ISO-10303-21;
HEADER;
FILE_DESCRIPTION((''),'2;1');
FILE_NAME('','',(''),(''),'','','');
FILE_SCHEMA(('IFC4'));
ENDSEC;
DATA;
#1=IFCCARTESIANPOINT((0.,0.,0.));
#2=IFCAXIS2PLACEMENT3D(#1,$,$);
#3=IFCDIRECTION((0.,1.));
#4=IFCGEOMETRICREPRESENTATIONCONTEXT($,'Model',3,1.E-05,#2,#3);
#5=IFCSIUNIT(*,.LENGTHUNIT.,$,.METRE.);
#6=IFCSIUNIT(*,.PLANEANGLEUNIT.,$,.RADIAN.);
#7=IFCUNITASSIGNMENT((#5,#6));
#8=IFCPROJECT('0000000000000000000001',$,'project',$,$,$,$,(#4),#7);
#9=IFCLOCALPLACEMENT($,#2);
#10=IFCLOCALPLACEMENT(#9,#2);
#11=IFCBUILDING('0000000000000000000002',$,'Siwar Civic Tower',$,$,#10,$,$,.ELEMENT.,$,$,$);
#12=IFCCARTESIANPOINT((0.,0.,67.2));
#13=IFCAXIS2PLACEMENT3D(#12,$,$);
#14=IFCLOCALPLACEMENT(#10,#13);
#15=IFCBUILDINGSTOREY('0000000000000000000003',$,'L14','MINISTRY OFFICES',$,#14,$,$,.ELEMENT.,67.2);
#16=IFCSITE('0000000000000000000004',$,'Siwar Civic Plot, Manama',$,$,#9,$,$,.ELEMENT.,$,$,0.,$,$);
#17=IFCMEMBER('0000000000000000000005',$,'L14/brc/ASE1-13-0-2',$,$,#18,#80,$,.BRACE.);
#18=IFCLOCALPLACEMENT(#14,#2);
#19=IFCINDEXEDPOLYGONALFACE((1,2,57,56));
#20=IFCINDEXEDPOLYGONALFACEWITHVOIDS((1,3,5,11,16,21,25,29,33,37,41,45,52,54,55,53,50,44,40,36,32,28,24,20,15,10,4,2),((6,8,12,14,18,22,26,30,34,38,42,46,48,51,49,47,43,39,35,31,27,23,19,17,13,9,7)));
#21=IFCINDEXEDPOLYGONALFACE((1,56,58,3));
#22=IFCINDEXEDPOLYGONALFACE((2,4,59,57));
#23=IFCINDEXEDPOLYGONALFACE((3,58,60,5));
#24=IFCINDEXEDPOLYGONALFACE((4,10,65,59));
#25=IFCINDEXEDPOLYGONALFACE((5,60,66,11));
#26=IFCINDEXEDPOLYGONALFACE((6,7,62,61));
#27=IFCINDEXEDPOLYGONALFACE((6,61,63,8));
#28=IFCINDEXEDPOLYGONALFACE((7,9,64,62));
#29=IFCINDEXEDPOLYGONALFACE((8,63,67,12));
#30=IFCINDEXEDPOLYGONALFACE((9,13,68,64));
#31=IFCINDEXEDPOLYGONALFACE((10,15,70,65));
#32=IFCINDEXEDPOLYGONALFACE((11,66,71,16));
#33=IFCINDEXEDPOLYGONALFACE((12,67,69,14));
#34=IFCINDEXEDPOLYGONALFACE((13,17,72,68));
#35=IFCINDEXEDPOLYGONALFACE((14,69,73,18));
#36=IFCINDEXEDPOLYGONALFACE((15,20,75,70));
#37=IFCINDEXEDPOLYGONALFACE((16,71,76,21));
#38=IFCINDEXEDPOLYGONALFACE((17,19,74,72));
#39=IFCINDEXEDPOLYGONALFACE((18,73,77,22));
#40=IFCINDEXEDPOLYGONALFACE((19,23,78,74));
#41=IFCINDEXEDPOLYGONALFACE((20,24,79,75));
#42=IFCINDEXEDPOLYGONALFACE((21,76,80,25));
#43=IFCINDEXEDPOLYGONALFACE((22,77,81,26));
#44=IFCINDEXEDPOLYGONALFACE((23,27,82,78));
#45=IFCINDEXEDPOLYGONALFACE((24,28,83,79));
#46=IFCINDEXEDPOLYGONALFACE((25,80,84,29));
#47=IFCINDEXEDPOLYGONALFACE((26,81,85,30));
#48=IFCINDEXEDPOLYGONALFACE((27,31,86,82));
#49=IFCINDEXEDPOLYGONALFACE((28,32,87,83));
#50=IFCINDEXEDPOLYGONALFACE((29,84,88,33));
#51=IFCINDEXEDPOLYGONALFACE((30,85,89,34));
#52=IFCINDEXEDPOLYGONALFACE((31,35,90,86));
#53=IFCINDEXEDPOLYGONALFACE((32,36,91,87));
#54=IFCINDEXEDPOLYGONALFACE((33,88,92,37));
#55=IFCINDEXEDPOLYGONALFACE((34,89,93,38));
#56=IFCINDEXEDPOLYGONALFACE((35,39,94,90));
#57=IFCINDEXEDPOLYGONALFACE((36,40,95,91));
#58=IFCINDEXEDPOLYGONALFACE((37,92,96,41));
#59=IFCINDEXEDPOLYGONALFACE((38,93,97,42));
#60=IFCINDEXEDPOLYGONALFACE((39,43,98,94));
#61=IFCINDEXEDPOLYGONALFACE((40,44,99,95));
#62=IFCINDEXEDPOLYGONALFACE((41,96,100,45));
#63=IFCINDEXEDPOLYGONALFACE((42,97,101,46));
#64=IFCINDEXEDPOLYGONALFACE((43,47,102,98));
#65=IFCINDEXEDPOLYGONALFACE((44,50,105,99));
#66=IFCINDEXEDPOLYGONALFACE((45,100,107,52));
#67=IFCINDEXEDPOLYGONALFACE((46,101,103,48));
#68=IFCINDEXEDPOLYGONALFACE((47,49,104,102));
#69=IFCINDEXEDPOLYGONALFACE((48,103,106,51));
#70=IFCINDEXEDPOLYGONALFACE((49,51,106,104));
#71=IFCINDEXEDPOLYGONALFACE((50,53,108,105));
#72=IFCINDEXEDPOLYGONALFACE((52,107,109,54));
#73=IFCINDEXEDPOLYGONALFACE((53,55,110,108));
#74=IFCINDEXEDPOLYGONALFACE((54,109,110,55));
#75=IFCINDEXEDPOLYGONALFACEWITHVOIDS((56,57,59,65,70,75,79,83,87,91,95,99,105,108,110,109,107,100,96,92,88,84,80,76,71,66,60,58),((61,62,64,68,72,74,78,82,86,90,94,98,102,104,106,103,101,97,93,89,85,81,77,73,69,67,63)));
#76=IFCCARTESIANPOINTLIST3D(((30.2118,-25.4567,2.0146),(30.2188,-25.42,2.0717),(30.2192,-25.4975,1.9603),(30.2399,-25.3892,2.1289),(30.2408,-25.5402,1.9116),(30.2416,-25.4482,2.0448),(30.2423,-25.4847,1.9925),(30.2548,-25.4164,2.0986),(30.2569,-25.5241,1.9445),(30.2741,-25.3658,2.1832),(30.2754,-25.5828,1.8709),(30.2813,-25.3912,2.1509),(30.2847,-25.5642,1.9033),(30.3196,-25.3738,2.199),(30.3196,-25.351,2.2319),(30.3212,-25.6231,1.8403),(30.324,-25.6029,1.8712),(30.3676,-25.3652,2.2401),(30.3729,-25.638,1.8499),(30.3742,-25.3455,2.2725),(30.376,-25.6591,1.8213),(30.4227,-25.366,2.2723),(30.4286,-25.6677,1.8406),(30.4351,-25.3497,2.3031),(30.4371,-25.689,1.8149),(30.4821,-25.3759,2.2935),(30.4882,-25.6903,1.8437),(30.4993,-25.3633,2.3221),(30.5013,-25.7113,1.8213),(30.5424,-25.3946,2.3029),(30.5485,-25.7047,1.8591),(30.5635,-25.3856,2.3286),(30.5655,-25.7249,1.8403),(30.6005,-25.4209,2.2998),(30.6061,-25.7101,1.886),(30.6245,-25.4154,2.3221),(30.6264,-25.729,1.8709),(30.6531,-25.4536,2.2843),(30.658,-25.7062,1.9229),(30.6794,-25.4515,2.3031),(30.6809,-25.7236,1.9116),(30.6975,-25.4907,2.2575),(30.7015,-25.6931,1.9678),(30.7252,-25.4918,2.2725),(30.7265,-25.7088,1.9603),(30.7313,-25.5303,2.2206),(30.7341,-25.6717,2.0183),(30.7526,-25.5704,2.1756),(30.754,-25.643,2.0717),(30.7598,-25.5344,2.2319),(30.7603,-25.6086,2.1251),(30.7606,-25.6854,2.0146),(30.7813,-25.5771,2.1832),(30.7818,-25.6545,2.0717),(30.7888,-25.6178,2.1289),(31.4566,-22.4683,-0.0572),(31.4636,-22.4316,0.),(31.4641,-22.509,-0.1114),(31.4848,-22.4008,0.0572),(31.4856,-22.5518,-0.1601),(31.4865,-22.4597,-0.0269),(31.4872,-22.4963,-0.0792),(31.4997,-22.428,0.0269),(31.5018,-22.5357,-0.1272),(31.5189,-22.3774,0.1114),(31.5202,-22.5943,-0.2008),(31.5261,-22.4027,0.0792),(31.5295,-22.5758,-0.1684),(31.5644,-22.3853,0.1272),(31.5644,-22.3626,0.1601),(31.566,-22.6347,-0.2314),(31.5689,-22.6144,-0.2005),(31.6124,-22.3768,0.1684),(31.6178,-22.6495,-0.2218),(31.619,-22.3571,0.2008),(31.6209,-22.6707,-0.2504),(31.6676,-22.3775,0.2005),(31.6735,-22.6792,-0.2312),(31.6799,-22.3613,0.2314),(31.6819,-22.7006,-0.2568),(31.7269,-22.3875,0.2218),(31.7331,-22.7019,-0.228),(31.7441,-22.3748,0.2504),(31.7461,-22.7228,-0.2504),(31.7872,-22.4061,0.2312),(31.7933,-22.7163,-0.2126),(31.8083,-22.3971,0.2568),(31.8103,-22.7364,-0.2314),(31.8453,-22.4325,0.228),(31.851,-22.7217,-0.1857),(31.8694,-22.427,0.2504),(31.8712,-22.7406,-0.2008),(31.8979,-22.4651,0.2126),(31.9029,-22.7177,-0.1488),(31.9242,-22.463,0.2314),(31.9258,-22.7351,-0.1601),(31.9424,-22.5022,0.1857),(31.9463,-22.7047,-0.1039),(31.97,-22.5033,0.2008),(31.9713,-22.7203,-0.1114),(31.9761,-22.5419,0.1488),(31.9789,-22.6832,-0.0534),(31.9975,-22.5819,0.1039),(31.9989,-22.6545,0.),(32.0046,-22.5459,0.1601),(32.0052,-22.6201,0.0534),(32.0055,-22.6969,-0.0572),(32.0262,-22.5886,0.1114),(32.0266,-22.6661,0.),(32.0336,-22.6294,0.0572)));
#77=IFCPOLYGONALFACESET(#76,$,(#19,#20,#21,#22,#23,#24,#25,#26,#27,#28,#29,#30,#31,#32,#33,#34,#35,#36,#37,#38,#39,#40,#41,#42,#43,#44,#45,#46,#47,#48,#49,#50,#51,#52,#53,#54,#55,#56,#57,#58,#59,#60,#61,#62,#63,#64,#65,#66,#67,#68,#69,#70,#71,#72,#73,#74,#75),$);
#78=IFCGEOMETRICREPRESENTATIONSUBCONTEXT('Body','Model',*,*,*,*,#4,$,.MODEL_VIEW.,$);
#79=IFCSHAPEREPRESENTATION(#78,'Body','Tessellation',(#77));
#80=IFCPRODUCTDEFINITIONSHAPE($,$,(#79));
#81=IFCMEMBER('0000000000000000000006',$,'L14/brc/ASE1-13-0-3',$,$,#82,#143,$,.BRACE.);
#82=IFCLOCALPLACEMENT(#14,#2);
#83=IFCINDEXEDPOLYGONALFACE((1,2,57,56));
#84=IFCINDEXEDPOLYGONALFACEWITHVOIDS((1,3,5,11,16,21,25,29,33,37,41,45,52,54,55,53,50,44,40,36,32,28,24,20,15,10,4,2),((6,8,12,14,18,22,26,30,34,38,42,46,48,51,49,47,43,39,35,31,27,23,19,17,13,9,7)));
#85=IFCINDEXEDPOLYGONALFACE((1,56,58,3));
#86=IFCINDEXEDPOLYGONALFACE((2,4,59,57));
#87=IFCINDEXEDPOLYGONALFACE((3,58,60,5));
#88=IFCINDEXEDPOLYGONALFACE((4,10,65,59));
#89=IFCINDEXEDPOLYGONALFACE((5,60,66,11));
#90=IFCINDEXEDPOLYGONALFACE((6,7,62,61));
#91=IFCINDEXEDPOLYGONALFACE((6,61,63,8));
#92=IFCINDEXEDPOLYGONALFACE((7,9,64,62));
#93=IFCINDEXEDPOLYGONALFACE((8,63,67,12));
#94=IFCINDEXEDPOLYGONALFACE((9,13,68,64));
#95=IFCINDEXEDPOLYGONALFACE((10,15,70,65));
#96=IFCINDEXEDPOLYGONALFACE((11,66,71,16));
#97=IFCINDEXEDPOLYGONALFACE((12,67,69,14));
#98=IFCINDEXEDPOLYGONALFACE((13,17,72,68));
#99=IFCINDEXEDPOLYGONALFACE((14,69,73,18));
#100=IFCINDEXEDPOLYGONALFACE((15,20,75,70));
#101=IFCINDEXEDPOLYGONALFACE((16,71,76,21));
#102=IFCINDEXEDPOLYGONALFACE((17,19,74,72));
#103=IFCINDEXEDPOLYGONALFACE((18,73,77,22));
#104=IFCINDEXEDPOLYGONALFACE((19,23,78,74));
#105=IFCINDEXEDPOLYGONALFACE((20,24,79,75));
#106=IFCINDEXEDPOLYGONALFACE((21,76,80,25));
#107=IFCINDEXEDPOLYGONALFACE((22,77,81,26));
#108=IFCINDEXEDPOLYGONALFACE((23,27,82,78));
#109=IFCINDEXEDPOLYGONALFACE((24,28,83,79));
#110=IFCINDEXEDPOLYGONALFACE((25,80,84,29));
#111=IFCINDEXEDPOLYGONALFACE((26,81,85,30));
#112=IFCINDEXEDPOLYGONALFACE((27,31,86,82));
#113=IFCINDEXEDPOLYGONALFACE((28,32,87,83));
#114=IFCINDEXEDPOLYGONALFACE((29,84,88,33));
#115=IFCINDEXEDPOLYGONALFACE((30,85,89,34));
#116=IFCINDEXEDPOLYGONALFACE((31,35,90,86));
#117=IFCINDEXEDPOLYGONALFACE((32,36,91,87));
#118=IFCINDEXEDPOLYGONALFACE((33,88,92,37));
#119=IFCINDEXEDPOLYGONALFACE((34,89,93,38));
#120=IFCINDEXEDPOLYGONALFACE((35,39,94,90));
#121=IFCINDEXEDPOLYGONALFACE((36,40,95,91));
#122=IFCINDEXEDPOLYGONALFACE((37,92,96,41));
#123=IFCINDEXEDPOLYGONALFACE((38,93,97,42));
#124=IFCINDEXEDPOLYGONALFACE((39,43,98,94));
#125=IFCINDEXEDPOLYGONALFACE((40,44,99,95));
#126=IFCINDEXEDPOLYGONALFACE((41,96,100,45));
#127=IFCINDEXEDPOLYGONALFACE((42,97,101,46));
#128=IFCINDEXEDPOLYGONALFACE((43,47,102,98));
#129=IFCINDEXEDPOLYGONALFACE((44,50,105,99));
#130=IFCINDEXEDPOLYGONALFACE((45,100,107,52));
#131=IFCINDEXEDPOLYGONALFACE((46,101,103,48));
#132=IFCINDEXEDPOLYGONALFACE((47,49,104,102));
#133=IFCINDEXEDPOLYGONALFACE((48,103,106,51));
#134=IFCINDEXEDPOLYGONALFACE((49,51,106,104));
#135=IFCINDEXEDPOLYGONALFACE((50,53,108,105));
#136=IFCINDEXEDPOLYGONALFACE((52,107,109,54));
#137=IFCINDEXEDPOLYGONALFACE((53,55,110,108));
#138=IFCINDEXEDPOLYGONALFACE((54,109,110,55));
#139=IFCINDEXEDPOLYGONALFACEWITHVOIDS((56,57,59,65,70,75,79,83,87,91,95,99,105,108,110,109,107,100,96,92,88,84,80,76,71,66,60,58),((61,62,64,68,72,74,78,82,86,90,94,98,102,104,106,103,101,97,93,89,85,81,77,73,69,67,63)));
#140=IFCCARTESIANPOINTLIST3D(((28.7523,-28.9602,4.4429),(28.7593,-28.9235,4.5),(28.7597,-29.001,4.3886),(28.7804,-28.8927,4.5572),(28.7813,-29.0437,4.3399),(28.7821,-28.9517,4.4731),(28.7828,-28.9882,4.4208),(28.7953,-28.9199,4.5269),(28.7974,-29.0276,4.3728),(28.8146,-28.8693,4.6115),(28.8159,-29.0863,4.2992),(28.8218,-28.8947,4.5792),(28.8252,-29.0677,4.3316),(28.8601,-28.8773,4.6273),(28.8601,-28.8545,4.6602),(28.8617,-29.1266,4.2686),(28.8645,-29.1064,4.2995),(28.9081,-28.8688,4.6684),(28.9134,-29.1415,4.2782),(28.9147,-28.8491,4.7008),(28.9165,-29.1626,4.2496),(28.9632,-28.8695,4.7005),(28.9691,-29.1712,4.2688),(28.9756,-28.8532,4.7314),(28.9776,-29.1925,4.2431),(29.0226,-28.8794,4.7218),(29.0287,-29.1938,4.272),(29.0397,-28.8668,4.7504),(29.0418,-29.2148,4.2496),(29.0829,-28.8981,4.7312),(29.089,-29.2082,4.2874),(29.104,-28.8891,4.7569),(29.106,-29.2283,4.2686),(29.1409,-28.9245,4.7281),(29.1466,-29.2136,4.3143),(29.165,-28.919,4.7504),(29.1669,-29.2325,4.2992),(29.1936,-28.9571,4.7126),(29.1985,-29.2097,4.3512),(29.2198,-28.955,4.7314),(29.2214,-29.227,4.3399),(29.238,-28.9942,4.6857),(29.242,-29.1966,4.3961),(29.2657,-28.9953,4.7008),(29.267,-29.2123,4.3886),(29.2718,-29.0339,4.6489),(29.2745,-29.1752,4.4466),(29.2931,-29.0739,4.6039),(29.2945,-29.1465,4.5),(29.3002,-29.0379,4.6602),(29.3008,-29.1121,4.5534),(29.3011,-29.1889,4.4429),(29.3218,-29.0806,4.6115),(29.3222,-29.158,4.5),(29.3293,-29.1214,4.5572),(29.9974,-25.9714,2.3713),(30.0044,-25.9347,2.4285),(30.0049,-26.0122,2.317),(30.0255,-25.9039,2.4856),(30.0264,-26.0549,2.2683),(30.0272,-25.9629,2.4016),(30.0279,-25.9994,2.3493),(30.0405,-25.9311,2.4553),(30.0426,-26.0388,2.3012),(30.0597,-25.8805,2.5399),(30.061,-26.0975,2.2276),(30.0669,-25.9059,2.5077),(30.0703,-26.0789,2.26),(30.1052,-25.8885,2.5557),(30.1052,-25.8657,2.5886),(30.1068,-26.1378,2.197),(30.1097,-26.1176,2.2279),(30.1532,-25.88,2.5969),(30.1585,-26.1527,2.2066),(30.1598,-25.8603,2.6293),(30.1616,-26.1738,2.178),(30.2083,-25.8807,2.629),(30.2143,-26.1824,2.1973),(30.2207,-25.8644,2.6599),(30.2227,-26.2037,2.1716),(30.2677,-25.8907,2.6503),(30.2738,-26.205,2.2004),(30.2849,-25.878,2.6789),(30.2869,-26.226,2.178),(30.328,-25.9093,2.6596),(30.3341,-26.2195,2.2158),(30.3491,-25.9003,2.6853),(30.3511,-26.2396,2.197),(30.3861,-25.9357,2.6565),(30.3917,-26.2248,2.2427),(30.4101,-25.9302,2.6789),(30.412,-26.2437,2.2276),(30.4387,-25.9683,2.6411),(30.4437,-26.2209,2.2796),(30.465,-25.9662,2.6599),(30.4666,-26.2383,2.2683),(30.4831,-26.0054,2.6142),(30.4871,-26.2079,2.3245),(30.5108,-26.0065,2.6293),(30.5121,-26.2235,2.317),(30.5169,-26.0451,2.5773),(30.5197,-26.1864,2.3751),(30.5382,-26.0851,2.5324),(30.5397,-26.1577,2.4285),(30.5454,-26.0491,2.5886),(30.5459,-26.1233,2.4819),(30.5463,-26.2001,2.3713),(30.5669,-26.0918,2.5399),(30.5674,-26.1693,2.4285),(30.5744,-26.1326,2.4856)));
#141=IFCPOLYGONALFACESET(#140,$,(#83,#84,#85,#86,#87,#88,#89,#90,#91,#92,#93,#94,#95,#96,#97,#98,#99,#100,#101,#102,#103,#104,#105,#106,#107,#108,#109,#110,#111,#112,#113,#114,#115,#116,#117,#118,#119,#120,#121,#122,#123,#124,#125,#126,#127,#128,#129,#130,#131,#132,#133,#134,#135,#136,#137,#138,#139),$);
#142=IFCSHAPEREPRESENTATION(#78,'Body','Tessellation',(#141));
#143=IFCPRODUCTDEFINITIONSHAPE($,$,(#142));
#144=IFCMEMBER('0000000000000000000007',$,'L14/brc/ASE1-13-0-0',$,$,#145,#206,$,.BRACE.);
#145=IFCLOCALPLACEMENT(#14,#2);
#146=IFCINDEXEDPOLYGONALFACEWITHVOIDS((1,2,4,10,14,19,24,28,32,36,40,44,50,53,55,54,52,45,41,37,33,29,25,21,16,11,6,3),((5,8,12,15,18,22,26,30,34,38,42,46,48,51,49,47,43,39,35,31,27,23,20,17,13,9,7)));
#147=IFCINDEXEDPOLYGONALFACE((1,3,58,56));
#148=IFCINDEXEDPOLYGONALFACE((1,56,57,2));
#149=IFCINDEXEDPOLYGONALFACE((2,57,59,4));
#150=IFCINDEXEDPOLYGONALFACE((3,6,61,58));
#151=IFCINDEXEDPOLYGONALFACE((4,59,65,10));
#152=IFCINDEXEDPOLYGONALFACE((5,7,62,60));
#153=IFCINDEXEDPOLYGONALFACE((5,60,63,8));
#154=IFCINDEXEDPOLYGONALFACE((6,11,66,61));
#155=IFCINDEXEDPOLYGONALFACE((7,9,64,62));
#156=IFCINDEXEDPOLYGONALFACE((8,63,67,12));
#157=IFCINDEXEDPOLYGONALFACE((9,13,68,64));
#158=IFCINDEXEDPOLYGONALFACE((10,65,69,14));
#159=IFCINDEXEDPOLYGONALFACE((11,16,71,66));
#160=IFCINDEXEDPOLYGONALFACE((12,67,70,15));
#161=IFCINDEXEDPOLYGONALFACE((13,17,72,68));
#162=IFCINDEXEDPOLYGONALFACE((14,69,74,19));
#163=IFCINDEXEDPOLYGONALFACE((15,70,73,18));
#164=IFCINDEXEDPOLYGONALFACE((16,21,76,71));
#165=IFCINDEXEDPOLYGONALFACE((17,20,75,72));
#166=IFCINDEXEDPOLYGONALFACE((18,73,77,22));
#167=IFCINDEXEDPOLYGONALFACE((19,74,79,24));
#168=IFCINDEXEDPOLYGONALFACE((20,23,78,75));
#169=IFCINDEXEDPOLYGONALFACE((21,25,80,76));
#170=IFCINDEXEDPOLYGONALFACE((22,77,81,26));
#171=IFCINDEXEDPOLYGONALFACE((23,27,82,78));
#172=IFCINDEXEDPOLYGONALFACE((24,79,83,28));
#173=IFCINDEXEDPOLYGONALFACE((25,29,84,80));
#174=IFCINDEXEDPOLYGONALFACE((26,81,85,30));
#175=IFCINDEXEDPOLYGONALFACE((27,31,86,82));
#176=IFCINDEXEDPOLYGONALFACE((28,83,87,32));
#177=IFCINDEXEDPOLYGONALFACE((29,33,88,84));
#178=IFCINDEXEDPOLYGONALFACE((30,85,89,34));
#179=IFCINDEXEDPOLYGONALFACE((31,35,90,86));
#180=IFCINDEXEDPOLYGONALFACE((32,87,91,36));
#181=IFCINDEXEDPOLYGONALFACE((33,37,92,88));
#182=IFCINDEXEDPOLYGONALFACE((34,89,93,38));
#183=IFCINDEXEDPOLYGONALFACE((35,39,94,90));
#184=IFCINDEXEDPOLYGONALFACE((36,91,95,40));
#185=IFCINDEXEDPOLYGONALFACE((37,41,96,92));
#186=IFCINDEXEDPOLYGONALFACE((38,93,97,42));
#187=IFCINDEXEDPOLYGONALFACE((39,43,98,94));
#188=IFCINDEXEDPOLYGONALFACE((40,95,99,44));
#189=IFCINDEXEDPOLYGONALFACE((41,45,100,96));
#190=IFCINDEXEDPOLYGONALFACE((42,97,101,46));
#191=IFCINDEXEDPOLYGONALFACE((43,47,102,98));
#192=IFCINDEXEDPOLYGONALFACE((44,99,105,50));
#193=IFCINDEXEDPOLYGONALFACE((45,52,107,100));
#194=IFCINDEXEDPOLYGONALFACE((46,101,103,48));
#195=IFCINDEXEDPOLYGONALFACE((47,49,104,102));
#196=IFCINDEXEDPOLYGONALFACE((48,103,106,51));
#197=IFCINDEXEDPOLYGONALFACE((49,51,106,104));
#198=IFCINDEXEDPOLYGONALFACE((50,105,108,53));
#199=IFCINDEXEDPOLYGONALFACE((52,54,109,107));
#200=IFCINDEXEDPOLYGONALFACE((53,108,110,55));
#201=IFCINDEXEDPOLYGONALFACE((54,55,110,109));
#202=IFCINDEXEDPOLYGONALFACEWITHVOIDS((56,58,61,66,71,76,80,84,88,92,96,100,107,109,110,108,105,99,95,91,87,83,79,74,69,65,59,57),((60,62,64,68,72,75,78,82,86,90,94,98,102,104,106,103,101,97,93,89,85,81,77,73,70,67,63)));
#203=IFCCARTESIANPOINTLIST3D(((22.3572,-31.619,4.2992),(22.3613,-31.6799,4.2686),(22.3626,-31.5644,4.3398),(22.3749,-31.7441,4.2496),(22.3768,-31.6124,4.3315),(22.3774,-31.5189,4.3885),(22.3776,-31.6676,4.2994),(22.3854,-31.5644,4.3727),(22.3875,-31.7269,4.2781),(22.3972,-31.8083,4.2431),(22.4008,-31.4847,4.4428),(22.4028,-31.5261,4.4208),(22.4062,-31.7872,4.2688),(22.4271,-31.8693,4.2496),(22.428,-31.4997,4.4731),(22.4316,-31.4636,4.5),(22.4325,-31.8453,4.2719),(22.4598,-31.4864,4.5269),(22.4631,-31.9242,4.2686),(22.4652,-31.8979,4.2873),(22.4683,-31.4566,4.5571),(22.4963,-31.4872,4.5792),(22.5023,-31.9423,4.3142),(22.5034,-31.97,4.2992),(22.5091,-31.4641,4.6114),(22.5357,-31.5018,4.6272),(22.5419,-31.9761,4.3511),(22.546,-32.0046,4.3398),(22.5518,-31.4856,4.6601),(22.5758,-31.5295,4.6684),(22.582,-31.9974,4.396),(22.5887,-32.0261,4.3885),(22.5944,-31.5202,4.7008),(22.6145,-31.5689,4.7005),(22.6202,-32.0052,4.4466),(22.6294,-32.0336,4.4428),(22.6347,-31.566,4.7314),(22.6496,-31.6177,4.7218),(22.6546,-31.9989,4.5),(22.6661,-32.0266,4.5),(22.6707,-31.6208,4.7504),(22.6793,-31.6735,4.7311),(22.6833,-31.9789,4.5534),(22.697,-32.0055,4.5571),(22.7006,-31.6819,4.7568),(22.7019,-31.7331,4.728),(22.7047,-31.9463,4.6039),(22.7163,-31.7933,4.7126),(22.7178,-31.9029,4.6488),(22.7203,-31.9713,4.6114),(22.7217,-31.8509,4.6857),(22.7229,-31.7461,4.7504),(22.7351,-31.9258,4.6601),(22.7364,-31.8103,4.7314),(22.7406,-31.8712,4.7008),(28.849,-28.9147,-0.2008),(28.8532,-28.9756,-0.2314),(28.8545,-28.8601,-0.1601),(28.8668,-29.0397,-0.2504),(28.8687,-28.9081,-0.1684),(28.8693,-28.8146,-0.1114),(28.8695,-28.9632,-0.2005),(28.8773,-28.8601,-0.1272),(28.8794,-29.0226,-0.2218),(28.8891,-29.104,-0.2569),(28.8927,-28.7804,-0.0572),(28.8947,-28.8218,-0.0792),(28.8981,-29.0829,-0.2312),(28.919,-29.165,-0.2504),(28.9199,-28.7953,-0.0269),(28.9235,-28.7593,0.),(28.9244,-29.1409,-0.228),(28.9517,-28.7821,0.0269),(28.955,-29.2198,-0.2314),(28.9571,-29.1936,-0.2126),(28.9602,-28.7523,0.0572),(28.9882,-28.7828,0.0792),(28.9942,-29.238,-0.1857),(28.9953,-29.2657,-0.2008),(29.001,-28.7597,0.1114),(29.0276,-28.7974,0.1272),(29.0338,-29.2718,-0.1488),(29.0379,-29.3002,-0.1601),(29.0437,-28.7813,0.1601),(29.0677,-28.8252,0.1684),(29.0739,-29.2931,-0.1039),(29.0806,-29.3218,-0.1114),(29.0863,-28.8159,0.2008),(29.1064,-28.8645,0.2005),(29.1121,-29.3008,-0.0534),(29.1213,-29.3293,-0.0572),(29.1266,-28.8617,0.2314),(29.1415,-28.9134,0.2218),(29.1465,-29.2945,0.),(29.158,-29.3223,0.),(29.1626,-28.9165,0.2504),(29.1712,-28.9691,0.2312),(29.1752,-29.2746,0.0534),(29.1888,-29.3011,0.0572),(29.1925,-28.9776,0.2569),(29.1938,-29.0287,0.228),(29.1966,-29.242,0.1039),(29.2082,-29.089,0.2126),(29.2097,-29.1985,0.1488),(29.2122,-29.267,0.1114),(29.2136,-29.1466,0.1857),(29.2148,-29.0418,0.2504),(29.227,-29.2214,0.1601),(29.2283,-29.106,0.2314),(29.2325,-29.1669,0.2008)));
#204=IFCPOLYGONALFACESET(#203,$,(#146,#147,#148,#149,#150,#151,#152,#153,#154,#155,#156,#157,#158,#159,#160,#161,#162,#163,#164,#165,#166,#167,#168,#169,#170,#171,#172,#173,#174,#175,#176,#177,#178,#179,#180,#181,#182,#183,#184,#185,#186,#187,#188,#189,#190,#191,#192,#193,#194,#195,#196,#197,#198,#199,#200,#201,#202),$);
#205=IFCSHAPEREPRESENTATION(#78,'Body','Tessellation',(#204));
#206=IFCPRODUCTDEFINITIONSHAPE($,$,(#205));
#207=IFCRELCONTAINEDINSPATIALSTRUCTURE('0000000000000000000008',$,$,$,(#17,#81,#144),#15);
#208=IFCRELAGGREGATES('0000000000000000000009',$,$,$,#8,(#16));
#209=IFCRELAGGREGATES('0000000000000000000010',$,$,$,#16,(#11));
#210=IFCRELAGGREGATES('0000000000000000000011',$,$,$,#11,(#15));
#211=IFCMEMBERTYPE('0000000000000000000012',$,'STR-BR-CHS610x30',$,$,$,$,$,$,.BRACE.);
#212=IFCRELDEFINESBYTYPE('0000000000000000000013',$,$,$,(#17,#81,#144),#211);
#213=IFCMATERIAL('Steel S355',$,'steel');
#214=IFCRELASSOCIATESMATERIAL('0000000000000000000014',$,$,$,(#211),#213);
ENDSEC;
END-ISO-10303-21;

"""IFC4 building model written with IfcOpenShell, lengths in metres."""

from ifc_helpers import new_model, si_unit, direction, frame, origin, origin_2d, place, context, subcontext, project, spatial, hollow_circle, extrude, material, material_profile, profile_set, type_object, element, save


model = new_model("IFC4")

# Units and contexts
model_context = context("Model", 3, precision=1e-05, world=origin(), true_north=direction((0.0, 1.0)))
body_context = subcontext(model_context, "Body", "Model", "MODEL_VIEW")
ifc_project = project(units=[si_unit("LENGTHUNIT", "METRE"), si_unit("PLANEANGLEUNIT", "RADIAN")], contexts=[model_context])

# Site, building, storey
site_placement = place(None, origin())
site = spatial("IfcSite", under=ifc_project, at=site_placement, Name="Siwar Civic Plot, Manama", CompositionType="ELEMENT", RefElevation=0.0)
building_placement = place(site_placement, origin())
building = spatial("IfcBuilding", under=site, at=building_placement, Name="Siwar Civic Tower", CompositionType="ELEMENT")
storey_placement = place(building_placement, frame((0.0, 0.0, 67.2)))
storey = spatial("IfcBuildingStorey", under=building, at=storey_placement, Name="L14", Description="MINISTRY OFFICES", CompositionType="ELEMENT", Elevation=67.2)

# Members
ifc_material_1 = material(Name="Steel S355", Category="steel")
ifc_material_profile_1 = material_profile(ifc_material_1, hollow_circle(Radius=0.3049, WallThickness=0.03, at=origin_2d()), Name="CHS610x30")
ifc_profile_set_1 = profile_set([ifc_material_profile_1], Name="Steel S355")
member_type_1 = type_object("IfcMemberType", Name="STR-BR-CHS610x30", PredefinedType="BRACE", material=ifc_profile_set_1)
member_1_placement = place(storey_placement, frame((31.7451, -22.5488, 0.0), z_axis=(-0.323882, -0.777533, 0.53902), x_axis=(0.923115, -0.384524, 0.0)))
element("IfcMember", 1, at=member_1_placement, inside=storey, type_object=member_type_1, Name="L14/brc/ASE1-13-0-2", PredefinedType="BRACE", context=body_context, shape_type="SweptSolid", body=[
    extrude(hollow_circle(Radius=0.3049, WallThickness=0.03, at=origin_2d()), origin(), (0.0, 0.0, 1.0), 3.8435),
])
member_2_placement = place(storey_placement, frame((30.2859, -26.052, 2.4285), z_axis=(-0.323934, -0.777569, 0.538937), x_axis=(0.923099, -0.384562, 0.0)))
element("IfcMember", 2, at=member_2_placement, inside=storey, type_object=member_type_1, Name="L14/brc/ASE1-13-0-3", PredefinedType="BRACE", context=body_context, shape_type="SweptSolid", body=[
    extrude(hollow_circle(Radius=0.3049, WallThickness=0.03, at=origin_2d()), origin(), (0.0, 0.0, 1.0), 3.8438),
])
member_3_placement = place(storey_placement, frame((29.0408, -29.0408, 0.0), z_axis=(-0.777555, -0.323906, 0.538975), x_axis=(0.384539, -0.923109, 0.0)))
element("IfcMember", 3, at=member_3_placement, inside=storey, type_object=member_type_1, Name="L14/brc/ASE1-13-0-0", PredefinedType="BRACE", context=body_context, shape_type="SweptSolid", body=[
    extrude(hollow_circle(Radius=0.3049, WallThickness=0.03, at=origin_2d()), origin(), (0.0, 0.0, 1.0), 8.3491),
])

save(model, "model.ifc")
